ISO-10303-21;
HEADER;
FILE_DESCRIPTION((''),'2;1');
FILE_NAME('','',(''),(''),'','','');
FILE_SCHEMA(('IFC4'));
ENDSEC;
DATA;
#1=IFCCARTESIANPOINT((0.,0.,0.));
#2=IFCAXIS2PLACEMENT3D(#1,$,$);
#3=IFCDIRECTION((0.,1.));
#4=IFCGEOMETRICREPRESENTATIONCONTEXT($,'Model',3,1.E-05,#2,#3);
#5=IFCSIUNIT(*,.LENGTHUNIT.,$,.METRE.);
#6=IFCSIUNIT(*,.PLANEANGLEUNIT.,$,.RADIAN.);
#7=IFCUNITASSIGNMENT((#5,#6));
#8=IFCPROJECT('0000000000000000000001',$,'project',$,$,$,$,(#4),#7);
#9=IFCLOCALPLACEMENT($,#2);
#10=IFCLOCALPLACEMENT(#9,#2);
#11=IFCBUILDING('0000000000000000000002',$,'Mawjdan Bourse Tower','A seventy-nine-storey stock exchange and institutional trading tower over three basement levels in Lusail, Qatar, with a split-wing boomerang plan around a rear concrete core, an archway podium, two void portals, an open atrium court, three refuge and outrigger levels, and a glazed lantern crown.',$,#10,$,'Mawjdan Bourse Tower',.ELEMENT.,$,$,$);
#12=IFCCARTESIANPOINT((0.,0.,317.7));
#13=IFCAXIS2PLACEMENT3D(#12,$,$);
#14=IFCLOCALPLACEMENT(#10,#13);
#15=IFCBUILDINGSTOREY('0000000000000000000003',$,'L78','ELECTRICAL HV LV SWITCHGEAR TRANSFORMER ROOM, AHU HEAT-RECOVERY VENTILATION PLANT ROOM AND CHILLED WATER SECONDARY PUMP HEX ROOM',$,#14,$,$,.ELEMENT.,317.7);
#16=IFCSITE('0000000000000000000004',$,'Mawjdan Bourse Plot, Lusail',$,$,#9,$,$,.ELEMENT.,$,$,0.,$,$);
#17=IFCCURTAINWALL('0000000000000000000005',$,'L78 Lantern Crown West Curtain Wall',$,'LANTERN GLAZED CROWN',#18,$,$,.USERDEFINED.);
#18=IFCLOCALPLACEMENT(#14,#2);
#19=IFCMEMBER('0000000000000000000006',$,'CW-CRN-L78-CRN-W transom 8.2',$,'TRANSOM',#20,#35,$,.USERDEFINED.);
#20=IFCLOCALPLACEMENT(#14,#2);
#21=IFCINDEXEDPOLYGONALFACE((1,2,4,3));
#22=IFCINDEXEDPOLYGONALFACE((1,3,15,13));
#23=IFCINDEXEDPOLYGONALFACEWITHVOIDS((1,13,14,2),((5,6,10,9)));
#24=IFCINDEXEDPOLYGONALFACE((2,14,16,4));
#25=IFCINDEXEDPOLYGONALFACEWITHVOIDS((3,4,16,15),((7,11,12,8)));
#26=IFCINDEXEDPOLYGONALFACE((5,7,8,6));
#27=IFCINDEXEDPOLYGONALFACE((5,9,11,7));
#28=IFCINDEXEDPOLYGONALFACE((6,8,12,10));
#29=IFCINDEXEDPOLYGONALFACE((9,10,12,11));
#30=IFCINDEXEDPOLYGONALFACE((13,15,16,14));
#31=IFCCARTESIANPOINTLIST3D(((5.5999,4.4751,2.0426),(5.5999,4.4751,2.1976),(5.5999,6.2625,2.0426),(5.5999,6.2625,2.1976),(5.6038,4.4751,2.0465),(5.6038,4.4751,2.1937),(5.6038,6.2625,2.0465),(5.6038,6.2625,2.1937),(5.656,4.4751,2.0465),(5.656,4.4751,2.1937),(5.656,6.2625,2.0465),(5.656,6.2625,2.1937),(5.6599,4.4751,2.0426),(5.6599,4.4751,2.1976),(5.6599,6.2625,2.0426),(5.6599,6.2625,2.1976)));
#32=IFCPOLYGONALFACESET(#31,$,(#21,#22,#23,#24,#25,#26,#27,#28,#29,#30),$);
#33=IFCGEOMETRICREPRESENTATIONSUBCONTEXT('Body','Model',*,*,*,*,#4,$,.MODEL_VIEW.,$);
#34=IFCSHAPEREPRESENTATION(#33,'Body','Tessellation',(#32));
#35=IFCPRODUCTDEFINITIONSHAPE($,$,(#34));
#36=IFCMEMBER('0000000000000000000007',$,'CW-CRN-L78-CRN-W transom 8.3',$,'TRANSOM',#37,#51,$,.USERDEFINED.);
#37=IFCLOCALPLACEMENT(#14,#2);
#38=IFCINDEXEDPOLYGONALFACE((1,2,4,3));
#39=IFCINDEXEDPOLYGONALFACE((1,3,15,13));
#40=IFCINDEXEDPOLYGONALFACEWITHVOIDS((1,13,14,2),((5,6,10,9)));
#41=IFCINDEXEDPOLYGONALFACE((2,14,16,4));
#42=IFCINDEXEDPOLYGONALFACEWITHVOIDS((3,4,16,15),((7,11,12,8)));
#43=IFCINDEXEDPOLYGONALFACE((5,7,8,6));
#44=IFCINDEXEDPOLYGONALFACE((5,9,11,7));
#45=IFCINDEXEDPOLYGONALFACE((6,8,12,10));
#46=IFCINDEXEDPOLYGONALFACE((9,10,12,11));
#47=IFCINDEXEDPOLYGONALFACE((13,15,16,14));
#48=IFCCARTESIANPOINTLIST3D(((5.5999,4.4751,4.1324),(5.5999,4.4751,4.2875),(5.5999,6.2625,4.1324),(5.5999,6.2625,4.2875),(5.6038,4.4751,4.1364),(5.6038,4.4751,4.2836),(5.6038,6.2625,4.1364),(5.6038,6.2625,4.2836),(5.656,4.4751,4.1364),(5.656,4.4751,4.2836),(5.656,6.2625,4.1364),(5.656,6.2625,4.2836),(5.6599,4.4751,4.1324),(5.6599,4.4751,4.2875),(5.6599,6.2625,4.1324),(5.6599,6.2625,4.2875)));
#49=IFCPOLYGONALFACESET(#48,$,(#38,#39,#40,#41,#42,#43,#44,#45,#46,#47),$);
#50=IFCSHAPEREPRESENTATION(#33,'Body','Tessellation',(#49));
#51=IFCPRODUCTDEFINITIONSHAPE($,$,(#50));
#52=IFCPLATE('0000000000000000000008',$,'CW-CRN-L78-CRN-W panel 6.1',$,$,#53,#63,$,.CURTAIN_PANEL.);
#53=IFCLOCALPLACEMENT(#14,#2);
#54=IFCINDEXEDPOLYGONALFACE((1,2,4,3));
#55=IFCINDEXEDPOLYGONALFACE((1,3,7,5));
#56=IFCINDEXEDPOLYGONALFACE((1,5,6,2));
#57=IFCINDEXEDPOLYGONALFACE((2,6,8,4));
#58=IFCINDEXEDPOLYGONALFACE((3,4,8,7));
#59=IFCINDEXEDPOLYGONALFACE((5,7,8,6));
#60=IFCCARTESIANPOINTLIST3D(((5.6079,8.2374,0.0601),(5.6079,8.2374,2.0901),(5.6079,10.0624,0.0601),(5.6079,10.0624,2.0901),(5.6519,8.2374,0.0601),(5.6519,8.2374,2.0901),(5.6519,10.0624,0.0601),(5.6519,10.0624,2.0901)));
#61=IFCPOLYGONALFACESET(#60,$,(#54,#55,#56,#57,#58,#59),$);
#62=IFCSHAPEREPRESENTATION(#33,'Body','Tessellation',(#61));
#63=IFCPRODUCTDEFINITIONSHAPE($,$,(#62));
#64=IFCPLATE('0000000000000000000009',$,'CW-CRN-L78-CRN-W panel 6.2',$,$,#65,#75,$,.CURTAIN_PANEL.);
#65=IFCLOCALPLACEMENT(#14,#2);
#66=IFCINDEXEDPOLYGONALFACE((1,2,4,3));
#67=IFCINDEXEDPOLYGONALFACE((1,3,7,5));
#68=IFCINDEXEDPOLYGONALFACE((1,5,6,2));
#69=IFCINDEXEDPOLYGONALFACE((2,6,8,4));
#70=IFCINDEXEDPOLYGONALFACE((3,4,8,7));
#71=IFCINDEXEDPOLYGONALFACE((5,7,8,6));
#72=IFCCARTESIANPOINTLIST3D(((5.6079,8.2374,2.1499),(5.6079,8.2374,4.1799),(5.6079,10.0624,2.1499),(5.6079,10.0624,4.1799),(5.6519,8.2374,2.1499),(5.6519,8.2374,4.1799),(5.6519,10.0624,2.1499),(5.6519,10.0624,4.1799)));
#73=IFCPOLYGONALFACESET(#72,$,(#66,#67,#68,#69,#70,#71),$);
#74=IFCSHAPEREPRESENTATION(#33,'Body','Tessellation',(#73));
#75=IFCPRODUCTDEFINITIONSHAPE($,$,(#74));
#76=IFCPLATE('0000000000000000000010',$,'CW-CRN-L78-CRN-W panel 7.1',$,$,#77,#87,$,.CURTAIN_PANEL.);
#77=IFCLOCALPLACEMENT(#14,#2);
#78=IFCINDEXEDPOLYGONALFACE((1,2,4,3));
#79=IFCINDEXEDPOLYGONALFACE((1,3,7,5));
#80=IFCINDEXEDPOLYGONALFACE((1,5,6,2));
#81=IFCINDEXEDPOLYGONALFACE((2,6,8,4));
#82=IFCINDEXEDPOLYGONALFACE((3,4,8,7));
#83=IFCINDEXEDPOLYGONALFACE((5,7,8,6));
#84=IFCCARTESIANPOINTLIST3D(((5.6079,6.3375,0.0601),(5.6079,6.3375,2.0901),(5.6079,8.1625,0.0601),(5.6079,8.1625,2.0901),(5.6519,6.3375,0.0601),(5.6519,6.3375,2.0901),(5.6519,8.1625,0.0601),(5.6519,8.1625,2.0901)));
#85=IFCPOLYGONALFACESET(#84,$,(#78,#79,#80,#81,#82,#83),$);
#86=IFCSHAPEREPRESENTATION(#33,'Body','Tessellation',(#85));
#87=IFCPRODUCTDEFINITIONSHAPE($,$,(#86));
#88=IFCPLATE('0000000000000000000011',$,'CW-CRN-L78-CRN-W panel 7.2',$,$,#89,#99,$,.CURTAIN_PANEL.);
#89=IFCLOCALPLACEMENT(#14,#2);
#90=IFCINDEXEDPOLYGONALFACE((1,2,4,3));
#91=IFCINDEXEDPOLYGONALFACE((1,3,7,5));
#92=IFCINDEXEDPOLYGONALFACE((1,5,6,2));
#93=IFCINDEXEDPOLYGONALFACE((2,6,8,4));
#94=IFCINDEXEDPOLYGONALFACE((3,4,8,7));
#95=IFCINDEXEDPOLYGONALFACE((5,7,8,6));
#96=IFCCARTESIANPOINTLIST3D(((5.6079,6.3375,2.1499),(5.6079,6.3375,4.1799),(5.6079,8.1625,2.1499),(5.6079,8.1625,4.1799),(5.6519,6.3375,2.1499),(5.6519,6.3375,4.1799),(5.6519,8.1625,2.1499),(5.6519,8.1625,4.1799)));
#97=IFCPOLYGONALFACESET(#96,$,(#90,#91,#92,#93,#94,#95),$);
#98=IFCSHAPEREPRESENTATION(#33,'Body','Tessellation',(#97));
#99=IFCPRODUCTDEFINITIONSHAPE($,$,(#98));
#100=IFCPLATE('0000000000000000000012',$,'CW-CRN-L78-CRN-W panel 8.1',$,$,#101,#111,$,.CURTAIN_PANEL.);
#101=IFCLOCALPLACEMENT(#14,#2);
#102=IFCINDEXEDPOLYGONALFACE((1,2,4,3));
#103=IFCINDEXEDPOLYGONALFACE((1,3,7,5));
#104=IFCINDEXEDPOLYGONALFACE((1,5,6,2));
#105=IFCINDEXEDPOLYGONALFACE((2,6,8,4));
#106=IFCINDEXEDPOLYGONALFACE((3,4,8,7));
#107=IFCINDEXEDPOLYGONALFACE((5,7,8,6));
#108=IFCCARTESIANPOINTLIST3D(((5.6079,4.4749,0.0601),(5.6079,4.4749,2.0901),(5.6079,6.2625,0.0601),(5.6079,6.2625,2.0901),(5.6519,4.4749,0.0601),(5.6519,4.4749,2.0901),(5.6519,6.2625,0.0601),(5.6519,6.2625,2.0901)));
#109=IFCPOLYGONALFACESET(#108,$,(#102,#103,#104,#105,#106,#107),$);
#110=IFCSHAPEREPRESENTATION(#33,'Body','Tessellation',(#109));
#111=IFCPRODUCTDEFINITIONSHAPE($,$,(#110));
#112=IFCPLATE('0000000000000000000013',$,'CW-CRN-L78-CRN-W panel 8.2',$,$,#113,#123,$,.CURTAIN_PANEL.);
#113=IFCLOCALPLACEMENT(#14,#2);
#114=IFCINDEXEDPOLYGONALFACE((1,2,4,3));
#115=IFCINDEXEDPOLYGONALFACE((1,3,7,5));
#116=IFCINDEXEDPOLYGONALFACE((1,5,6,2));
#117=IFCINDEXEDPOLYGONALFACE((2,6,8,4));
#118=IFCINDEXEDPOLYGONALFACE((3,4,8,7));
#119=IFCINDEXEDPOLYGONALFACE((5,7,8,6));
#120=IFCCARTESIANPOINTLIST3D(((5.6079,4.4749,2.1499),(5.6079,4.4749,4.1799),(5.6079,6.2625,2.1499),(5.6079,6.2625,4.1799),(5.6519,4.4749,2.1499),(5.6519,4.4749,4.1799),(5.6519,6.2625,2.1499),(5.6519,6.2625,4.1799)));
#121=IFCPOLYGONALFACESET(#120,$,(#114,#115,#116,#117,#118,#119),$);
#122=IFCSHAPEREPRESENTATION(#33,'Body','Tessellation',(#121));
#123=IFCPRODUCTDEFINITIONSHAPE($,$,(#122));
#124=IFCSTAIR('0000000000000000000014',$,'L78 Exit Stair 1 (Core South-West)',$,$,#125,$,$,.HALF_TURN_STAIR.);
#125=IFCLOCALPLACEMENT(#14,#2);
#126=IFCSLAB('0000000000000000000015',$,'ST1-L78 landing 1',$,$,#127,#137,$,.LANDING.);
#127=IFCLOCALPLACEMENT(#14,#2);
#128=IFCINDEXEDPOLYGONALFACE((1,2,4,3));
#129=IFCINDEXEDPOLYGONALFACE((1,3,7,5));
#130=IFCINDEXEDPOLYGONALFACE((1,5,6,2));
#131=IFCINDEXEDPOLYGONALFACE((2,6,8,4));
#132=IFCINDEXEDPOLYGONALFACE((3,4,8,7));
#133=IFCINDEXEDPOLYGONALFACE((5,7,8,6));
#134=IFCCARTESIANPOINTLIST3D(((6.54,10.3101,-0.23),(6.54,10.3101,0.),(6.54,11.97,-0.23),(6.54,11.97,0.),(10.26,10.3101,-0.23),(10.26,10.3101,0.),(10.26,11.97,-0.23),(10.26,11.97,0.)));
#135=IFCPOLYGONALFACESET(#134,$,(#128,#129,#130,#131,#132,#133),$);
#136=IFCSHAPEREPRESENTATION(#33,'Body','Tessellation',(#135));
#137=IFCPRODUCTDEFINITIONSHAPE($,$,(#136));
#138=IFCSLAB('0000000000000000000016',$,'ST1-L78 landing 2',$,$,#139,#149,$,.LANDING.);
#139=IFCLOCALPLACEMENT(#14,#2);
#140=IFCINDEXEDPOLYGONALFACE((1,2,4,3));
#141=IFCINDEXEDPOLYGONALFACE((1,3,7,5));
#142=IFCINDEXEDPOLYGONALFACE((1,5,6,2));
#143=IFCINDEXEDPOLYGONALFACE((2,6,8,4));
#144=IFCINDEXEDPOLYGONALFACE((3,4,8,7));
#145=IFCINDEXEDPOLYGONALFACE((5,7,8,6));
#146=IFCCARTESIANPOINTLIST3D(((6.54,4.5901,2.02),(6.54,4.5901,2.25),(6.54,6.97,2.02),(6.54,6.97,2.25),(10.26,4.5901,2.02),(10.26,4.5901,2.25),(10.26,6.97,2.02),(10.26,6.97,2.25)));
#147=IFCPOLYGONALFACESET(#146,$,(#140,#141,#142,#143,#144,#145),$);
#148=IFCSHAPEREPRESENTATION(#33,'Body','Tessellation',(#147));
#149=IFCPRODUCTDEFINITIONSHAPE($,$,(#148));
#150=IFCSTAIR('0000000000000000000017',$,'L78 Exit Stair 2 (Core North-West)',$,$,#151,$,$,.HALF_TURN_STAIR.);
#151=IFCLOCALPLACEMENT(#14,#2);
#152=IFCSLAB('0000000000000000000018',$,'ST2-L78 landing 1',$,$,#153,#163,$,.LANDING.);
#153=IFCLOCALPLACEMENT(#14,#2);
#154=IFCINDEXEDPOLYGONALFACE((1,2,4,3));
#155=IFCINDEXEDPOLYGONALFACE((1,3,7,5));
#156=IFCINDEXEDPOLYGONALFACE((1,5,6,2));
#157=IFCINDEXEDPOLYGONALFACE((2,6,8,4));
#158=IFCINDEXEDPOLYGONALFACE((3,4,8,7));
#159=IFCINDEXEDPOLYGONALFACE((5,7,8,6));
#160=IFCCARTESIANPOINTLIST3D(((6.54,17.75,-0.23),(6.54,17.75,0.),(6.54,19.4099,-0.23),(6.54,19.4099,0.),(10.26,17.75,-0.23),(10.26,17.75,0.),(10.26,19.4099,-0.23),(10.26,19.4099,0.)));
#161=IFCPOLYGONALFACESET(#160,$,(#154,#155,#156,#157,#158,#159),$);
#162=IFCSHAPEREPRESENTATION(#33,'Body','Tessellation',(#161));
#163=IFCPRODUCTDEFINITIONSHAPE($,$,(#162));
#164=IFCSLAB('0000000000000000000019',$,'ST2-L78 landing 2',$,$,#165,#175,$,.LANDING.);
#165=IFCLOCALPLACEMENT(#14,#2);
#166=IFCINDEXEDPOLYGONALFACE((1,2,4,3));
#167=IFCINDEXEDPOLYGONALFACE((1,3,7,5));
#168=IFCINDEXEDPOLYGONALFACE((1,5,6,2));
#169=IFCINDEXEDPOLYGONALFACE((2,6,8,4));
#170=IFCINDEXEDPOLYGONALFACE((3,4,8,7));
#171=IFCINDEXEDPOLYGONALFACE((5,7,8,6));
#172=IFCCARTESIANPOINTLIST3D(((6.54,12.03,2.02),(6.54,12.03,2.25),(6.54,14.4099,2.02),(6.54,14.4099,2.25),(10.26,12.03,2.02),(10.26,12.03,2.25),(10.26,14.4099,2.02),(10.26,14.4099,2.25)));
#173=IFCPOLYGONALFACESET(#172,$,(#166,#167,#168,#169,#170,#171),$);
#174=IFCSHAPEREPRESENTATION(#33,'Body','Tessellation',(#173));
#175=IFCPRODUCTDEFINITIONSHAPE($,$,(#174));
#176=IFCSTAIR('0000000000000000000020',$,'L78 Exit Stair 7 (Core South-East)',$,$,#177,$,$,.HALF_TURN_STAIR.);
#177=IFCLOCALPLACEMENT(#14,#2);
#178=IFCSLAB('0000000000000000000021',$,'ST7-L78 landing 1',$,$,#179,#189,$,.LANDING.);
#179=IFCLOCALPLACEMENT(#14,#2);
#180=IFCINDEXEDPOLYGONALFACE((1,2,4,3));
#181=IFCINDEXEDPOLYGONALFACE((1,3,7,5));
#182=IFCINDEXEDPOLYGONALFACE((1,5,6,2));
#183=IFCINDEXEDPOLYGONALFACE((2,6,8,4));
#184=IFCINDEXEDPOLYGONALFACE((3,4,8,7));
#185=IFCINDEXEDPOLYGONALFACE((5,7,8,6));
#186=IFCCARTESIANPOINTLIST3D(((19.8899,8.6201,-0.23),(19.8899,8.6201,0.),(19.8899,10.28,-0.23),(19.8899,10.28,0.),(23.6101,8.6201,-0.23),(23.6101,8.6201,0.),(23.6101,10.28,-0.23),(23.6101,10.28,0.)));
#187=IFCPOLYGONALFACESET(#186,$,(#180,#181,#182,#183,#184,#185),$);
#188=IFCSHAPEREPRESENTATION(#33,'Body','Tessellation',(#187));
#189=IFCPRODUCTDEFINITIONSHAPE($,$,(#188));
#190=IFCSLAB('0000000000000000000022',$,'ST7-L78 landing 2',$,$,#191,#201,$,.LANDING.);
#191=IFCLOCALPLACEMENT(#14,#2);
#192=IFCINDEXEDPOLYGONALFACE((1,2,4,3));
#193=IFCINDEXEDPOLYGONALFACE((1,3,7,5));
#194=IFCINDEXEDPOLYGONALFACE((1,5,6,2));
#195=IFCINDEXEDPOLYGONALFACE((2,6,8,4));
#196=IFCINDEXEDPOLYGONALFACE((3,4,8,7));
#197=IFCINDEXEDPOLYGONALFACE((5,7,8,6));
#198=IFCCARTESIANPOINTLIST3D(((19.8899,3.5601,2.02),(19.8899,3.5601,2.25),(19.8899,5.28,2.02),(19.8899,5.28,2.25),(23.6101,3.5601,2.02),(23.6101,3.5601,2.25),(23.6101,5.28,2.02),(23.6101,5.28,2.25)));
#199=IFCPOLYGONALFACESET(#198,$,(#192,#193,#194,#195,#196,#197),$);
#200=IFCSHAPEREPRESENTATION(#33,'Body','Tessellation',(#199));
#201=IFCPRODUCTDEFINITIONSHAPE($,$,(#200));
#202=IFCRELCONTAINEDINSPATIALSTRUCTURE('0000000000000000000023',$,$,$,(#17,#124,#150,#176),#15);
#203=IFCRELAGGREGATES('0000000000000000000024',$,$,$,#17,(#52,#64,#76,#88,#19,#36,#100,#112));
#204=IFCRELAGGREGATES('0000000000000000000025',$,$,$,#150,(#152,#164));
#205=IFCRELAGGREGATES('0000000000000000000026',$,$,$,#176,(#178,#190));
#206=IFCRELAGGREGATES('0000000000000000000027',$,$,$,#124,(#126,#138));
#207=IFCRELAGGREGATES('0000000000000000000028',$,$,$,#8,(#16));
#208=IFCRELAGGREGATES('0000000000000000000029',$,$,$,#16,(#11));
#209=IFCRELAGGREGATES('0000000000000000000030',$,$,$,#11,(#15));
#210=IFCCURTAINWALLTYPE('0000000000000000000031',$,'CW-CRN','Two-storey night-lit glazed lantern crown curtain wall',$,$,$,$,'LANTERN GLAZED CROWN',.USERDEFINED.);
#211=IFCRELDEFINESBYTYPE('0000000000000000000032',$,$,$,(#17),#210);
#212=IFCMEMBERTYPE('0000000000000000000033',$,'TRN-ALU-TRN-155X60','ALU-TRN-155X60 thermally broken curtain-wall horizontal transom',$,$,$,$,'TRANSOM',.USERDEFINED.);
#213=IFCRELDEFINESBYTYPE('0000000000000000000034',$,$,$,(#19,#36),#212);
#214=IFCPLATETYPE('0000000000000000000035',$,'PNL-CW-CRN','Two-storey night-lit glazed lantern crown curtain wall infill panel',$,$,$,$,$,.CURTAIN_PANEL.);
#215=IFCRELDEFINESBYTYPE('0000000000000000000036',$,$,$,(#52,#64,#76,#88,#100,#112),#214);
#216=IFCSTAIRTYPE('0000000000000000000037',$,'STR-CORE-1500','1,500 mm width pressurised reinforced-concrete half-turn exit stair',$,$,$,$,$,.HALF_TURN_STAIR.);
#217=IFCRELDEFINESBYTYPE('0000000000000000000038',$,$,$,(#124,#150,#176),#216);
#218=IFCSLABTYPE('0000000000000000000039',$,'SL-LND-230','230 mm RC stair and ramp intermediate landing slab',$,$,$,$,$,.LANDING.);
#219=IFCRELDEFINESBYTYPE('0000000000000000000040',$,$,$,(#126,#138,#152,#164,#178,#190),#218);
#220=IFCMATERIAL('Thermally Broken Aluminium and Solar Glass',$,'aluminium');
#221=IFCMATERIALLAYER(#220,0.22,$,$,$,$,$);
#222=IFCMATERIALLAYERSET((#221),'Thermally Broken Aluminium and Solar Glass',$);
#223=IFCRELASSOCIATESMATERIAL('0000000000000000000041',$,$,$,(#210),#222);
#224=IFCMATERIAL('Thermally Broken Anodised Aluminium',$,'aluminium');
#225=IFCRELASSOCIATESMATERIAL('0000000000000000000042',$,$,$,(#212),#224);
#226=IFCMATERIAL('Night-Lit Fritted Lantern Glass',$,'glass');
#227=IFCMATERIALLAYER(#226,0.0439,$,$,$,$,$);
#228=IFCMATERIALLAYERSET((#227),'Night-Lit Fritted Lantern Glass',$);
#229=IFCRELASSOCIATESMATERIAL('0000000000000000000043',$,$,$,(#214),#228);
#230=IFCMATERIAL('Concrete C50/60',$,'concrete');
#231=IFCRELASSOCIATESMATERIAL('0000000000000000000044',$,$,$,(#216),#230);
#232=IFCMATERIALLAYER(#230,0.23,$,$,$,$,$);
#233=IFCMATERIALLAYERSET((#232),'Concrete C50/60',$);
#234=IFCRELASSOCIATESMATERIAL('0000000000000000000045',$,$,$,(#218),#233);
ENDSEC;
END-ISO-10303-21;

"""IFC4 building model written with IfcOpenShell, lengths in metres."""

from ifc_helpers import new_model, si_unit, direction, frame, origin, origin_2d, place, context, subcontext, project, spatial, polyline, rectangle, hollow_rectangle, outline, extrude, material, layer, layer_set, material_profile, profile_set, type_object, element, aggregate, save


model = new_model("IFC4")

# Units and contexts
model_context = context("Model", 3, precision=1e-05, world=origin(), true_north=direction((0.0, 1.0)))
body_context = subcontext(model_context, "Body", "Model", "MODEL_VIEW")
ifc_project = project(units=[si_unit("LENGTHUNIT", "METRE"), si_unit("PLANEANGLEUNIT", "RADIAN")], contexts=[model_context])

# Site, building, storey
site_placement = place(None, origin())
site = spatial("IfcSite", under=ifc_project, at=site_placement, Name="Mawjdan Bourse Plot, Lusail", CompositionType="ELEMENT", RefElevation=0.0)
building_placement = place(site_placement, origin())
building = spatial("IfcBuilding", under=site, at=building_placement, Name="Mawjdan Bourse Tower", Description="A seventy-nine-storey stock exchange and institutional trading tower over three basement levels in Lusail, Qatar, with a split-wing boomerang plan around a rear concrete core, an archway podium, two void portals, an open atrium court, three refuge and outrigger levels, and a glazed lantern crown.", LongName="Mawjdan Bourse Tower", CompositionType="ELEMENT")
storey_placement = place(building_placement, frame((0.0, 0.0, 317.7)))
storey = spatial("IfcBuildingStorey", under=building, at=storey_placement, Name="L78", Description="ELECTRICAL HV LV SWITCHGEAR TRANSFORMER ROOM, AHU HEAT-RECOVERY VENTILATION PLANT ROOM AND CHILLED WATER SECONDARY PUMP HEX ROOM", CompositionType="ELEMENT", Elevation=317.7)

# Curtain wall, members, plates
ifc_material_1 = material(Name="Thermally Broken Aluminium and Solar Glass", Category="aluminium")
ifc_layer_1 = layer(ifc_material_1, 0.22)
ifc_layer_set_1 = layer_set([ifc_layer_1], Name="Thermally Broken Aluminium and Solar Glass")
curtain_wall_type = type_object("IfcCurtainWallType", Name="CW-CRN", Description="Two-storey night-lit glazed lantern crown curtain wall", ElementType="LANTERN GLAZED CROWN", PredefinedType="USERDEFINED", material=ifc_layer_set_1)
curtain_wall_placement = place(storey_placement, origin())
curtain_wall = element("IfcCurtainWall", 1, at=curtain_wall_placement, inside=storey, type_object=curtain_wall_type, Name="L78 Lantern Crown West Curtain Wall", ObjectType="LANTERN GLAZED CROWN", PredefinedType="USERDEFINED")
ifc_material_2 = material(Name="Thermally Broken Anodised Aluminium", Category="aluminium")
ifc_material_profile_1 = material_profile(ifc_material_2, hollow_rectangle(XDim=0.0601, YDim=0.155, WallThickness=0.0039, at=origin_2d()), Name="ALU-TRN-155X60")
ifc_profile_set_1 = profile_set([ifc_material_profile_1], Name="Thermally Broken Anodised Aluminium")
member_type_1 = type_object("IfcMemberType", Name="TRN-ALU-TRN-155X60", Description="ALU-TRN-155X60 thermally broken curtain-wall horizontal transom", ElementType="TRANSOM", PredefinedType="USERDEFINED", material=ifc_profile_set_1)
member_1_placement = place(storey_placement, frame((5.6299, 6.2625, 2.1201), z_axis=(0.0, -1.0, 0.0), x_axis=(1.0, 0.0, 0.0)))
member_1 = element("IfcMember", 2, at=member_1_placement, type_object=member_type_1, Name="CW-CRN-L78-CRN-W transom 8.2", ObjectType="TRANSOM", PredefinedType="USERDEFINED", context=body_context, shape_type="SweptSolid", body=[
    extrude(hollow_rectangle(XDim=0.0601, YDim=0.155, WallThickness=0.0039, at=origin_2d()), origin(), (0.0, 0.0, 1.0), 1.7874),
])
member_2_placement = place(storey_placement, frame((5.6299, 6.2625, 4.21), z_axis=(0.0, -1.0, 0.0), x_axis=(1.0, 0.0, 0.0)))
member_2 = element("IfcMember", 3, at=member_2_placement, type_object=member_type_1, Name="CW-CRN-L78-CRN-W transom 8.3", ObjectType="TRANSOM", PredefinedType="USERDEFINED", context=body_context, shape_type="SweptSolid", body=[
    extrude(hollow_rectangle(XDim=0.0601, YDim=0.155, WallThickness=0.0039, at=origin_2d()), origin(), (0.0, 0.0, 1.0), 1.7874),
])
ifc_material_3 = material(Name="Night-Lit Fritted Lantern Glass", Category="glass")
ifc_layer_2 = layer(ifc_material_3, 0.0439)
ifc_layer_set_2 = layer_set([ifc_layer_2], Name="Night-Lit Fritted Lantern Glass")
plate_type = type_object("IfcPlateType", Name="PNL-CW-CRN", Description="Two-storey night-lit glazed lantern crown curtain wall infill panel", PredefinedType="CURTAIN_PANEL", material=ifc_layer_set_2)
plate_1_placement = place(storey_placement, frame((5.6299, 9.1499, 0.0601), z_axis=(0.0, 0.0, 1.0), x_axis=(0.0, -1.0, 0.0)))
plate_1 = element("IfcPlate", 4, at=plate_1_placement, type_object=plate_type, Name="CW-CRN-L78-CRN-W panel 6.1", PredefinedType="CURTAIN_PANEL", context=body_context, shape_type="SweptSolid", body=[
    extrude(rectangle(XDim=1.825, YDim=0.0439, at=origin_2d()), origin(), (0.0, 0.0, 1.0), 2.03),
])
plate_2_placement = place(storey_placement, frame((5.6299, 9.1499, 2.1499), z_axis=(0.0, 0.0, 1.0), x_axis=(0.0, -1.0, 0.0)))
plate_2 = element("IfcPlate", 5, at=plate_2_placement, type_object=plate_type, Name="CW-CRN-L78-CRN-W panel 6.2", PredefinedType="CURTAIN_PANEL", context=body_context, shape_type="SweptSolid", body=[
    extrude(rectangle(XDim=1.825, YDim=0.0439, at=origin_2d()), origin(), (0.0, 0.0, 1.0), 2.03),
])
plate_3_placement = place(storey_placement, frame((5.6299, 7.25, 0.0601), z_axis=(0.0, 0.0, 1.0), x_axis=(0.0, -1.0, 0.0)))
plate_3 = element("IfcPlate", 6, at=plate_3_placement, type_object=plate_type, Name="CW-CRN-L78-CRN-W panel 7.1", PredefinedType="CURTAIN_PANEL", context=body_context, shape_type="SweptSolid", body=[
    extrude(rectangle(XDim=1.825, YDim=0.0439, at=origin_2d()), origin(), (0.0, 0.0, 1.0), 2.03),
])
plate_4_placement = place(storey_placement, frame((5.6299, 7.25, 2.1499), z_axis=(0.0, 0.0, 1.0), x_axis=(0.0, -1.0, 0.0)))
plate_4 = element("IfcPlate", 7, at=plate_4_placement, type_object=plate_type, Name="CW-CRN-L78-CRN-W panel 7.2", PredefinedType="CURTAIN_PANEL", context=body_context, shape_type="SweptSolid", body=[
    extrude(rectangle(XDim=1.825, YDim=0.0439, at=origin_2d()), origin(), (0.0, 0.0, 1.0), 2.03),
])
plate_5_placement = place(storey_placement, frame((5.6299, 5.3687, 0.0601), z_axis=(0.0, 0.0, 1.0), x_axis=(0.0, -1.0, 0.0)))
plate_5 = element("IfcPlate", 8, at=plate_5_placement, type_object=plate_type, Name="CW-CRN-L78-CRN-W panel 8.1", PredefinedType="CURTAIN_PANEL", context=body_context, shape_type="SweptSolid", body=[
    extrude(rectangle(XDim=1.7876, YDim=0.0439, at=origin_2d()), origin(), (0.0, 0.0, 1.0), 2.03),
])
plate_6_placement = place(storey_placement, frame((5.6299, 5.3687, 2.1499), z_axis=(0.0, 0.0, 1.0), x_axis=(0.0, -1.0, 0.0)))
plate_6 = element("IfcPlate", 9, at=plate_6_placement, type_object=plate_type, Name="CW-CRN-L78-CRN-W panel 8.2", PredefinedType="CURTAIN_PANEL", context=body_context, shape_type="SweptSolid", body=[
    extrude(rectangle(XDim=1.7876, YDim=0.0439, at=origin_2d()), origin(), (0.0, 0.0, 1.0), 2.03),
])
aggregate(curtain_wall, [plate_1, plate_2, plate_3, plate_4, member_1, member_2, plate_5, plate_6])

# Stairs, slabs
ifc_material_4 = material(Name="Concrete C50/60", Category="concrete")
stair_type = type_object("IfcStairType", Name="STR-CORE-1500", Description="1,500 mm width pressurised reinforced-concrete half-turn exit stair", PredefinedType="HALF_TURN_STAIR", material=ifc_material_4)
stair_1_placement = place(storey_placement, origin())
stair_1 = element("IfcStair", 10, at=stair_1_placement, inside=storey, type_object=stair_type, Name="L78 Exit Stair 1 (Core South-West)", PredefinedType="HALF_TURN_STAIR")
ifc_layer_3 = layer(ifc_material_4, 0.23)
ifc_layer_set_3 = layer_set([ifc_layer_3], Name="Concrete C50/60")
slab_type_1 = type_object("IfcSlabType", Name="SL-LND-230", Description="230 mm RC stair and ramp intermediate landing slab", PredefinedType="LANDING", material=ifc_layer_set_3)
slab_1_placement = place(storey_placement, frame((0.0, 0.0, -0.23)))
slab_1 = element("IfcSlab", 11, at=slab_1_placement, type_object=slab_type_1, Name="ST1-L78 landing 1", PredefinedType="LANDING", context=body_context, shape_type="SweptSolid", body=[
    extrude(outline(polyline([(6.54, 10.3101), (10.26, 10.3101), (10.26, 11.97), (6.54, 11.97), (6.54, 10.3101)])), origin(), (0.0, 0.0, 1.0), 0.23),
])
slab_2_placement = place(storey_placement, frame((0.0, 0.0, 2.02)))
slab_2 = element("IfcSlab", 12, at=slab_2_placement, type_object=slab_type_1, Name="ST1-L78 landing 2", PredefinedType="LANDING", context=body_context, shape_type="SweptSolid", body=[
    extrude(outline(polyline([(6.54, 4.5901), (10.26, 4.5901), (10.26, 6.97), (6.54, 6.97), (6.54, 4.5901)])), origin(), (0.0, 0.0, 1.0), 0.23),
])
stair_2_placement = place(storey_placement, origin())
stair_2 = element("IfcStair", 13, at=stair_2_placement, inside=storey, type_object=stair_type, Name="L78 Exit Stair 2 (Core North-West)", PredefinedType="HALF_TURN_STAIR")
slab_3_placement = place(storey_placement, frame((0.0, 0.0, -0.23)))
slab_3 = element("IfcSlab", 14, at=slab_3_placement, type_object=slab_type_1, Name="ST2-L78 landing 1", PredefinedType="LANDING", context=body_context, shape_type="SweptSolid", body=[
    extrude(outline(polyline([(6.54, 17.75), (10.26, 17.75), (10.26, 19.4099), (6.54, 19.4099), (6.54, 17.75)])), origin(), (0.0, 0.0, 1.0), 0.23),
])
slab_4_placement = place(storey_placement, frame((0.0, 0.0, 2.02)))
slab_4 = element("IfcSlab", 15, at=slab_4_placement, type_object=slab_type_1, Name="ST2-L78 landing 2", PredefinedType="LANDING", context=body_context, shape_type="SweptSolid", body=[
    extrude(outline(polyline([(6.54, 12.03), (10.26, 12.03), (10.26, 14.4099), (6.54, 14.4099), (6.54, 12.03)])), origin(), (0.0, 0.0, 1.0), 0.23),
])
aggregate(stair_2, [slab_3, slab_4])
stair_3_placement = place(storey_placement, origin())
stair_3 = element("IfcStair", 16, at=stair_3_placement, inside=storey, type_object=stair_type, Name="L78 Exit Stair 7 (Core South-East)", PredefinedType="HALF_TURN_STAIR")
slab_5_placement = place(storey_placement, frame((0.0, 0.0, -0.23)))
slab_5 = element("IfcSlab", 17, at=slab_5_placement, type_object=slab_type_1, Name="ST7-L78 landing 1", PredefinedType="LANDING", context=body_context, shape_type="SweptSolid", body=[
    extrude(outline(polyline([(19.8899, 8.6201), (23.6101, 8.6201), (23.6101, 10.28), (19.8899, 10.28), (19.8899, 8.6201)])), origin(), (0.0, 0.0, 1.0), 0.23),
])
slab_6_placement = place(storey_placement, frame((0.0, 0.0, 2.02)))
slab_6 = element("IfcSlab", 18, at=slab_6_placement, type_object=slab_type_1, Name="ST7-L78 landing 2", PredefinedType="LANDING", context=body_context, shape_type="SweptSolid", body=[
    extrude(outline(polyline([(19.8899, 3.5601), (23.6101, 3.5601), (23.6101, 5.28), (19.8899, 5.28), (19.8899, 3.5601)])), origin(), (0.0, 0.0, 1.0), 0.23),
])
aggregate(stair_3, [slab_5, slab_6])

aggregate(stair_1, [slab_1, slab_2])

save(model, "model.ifc")
